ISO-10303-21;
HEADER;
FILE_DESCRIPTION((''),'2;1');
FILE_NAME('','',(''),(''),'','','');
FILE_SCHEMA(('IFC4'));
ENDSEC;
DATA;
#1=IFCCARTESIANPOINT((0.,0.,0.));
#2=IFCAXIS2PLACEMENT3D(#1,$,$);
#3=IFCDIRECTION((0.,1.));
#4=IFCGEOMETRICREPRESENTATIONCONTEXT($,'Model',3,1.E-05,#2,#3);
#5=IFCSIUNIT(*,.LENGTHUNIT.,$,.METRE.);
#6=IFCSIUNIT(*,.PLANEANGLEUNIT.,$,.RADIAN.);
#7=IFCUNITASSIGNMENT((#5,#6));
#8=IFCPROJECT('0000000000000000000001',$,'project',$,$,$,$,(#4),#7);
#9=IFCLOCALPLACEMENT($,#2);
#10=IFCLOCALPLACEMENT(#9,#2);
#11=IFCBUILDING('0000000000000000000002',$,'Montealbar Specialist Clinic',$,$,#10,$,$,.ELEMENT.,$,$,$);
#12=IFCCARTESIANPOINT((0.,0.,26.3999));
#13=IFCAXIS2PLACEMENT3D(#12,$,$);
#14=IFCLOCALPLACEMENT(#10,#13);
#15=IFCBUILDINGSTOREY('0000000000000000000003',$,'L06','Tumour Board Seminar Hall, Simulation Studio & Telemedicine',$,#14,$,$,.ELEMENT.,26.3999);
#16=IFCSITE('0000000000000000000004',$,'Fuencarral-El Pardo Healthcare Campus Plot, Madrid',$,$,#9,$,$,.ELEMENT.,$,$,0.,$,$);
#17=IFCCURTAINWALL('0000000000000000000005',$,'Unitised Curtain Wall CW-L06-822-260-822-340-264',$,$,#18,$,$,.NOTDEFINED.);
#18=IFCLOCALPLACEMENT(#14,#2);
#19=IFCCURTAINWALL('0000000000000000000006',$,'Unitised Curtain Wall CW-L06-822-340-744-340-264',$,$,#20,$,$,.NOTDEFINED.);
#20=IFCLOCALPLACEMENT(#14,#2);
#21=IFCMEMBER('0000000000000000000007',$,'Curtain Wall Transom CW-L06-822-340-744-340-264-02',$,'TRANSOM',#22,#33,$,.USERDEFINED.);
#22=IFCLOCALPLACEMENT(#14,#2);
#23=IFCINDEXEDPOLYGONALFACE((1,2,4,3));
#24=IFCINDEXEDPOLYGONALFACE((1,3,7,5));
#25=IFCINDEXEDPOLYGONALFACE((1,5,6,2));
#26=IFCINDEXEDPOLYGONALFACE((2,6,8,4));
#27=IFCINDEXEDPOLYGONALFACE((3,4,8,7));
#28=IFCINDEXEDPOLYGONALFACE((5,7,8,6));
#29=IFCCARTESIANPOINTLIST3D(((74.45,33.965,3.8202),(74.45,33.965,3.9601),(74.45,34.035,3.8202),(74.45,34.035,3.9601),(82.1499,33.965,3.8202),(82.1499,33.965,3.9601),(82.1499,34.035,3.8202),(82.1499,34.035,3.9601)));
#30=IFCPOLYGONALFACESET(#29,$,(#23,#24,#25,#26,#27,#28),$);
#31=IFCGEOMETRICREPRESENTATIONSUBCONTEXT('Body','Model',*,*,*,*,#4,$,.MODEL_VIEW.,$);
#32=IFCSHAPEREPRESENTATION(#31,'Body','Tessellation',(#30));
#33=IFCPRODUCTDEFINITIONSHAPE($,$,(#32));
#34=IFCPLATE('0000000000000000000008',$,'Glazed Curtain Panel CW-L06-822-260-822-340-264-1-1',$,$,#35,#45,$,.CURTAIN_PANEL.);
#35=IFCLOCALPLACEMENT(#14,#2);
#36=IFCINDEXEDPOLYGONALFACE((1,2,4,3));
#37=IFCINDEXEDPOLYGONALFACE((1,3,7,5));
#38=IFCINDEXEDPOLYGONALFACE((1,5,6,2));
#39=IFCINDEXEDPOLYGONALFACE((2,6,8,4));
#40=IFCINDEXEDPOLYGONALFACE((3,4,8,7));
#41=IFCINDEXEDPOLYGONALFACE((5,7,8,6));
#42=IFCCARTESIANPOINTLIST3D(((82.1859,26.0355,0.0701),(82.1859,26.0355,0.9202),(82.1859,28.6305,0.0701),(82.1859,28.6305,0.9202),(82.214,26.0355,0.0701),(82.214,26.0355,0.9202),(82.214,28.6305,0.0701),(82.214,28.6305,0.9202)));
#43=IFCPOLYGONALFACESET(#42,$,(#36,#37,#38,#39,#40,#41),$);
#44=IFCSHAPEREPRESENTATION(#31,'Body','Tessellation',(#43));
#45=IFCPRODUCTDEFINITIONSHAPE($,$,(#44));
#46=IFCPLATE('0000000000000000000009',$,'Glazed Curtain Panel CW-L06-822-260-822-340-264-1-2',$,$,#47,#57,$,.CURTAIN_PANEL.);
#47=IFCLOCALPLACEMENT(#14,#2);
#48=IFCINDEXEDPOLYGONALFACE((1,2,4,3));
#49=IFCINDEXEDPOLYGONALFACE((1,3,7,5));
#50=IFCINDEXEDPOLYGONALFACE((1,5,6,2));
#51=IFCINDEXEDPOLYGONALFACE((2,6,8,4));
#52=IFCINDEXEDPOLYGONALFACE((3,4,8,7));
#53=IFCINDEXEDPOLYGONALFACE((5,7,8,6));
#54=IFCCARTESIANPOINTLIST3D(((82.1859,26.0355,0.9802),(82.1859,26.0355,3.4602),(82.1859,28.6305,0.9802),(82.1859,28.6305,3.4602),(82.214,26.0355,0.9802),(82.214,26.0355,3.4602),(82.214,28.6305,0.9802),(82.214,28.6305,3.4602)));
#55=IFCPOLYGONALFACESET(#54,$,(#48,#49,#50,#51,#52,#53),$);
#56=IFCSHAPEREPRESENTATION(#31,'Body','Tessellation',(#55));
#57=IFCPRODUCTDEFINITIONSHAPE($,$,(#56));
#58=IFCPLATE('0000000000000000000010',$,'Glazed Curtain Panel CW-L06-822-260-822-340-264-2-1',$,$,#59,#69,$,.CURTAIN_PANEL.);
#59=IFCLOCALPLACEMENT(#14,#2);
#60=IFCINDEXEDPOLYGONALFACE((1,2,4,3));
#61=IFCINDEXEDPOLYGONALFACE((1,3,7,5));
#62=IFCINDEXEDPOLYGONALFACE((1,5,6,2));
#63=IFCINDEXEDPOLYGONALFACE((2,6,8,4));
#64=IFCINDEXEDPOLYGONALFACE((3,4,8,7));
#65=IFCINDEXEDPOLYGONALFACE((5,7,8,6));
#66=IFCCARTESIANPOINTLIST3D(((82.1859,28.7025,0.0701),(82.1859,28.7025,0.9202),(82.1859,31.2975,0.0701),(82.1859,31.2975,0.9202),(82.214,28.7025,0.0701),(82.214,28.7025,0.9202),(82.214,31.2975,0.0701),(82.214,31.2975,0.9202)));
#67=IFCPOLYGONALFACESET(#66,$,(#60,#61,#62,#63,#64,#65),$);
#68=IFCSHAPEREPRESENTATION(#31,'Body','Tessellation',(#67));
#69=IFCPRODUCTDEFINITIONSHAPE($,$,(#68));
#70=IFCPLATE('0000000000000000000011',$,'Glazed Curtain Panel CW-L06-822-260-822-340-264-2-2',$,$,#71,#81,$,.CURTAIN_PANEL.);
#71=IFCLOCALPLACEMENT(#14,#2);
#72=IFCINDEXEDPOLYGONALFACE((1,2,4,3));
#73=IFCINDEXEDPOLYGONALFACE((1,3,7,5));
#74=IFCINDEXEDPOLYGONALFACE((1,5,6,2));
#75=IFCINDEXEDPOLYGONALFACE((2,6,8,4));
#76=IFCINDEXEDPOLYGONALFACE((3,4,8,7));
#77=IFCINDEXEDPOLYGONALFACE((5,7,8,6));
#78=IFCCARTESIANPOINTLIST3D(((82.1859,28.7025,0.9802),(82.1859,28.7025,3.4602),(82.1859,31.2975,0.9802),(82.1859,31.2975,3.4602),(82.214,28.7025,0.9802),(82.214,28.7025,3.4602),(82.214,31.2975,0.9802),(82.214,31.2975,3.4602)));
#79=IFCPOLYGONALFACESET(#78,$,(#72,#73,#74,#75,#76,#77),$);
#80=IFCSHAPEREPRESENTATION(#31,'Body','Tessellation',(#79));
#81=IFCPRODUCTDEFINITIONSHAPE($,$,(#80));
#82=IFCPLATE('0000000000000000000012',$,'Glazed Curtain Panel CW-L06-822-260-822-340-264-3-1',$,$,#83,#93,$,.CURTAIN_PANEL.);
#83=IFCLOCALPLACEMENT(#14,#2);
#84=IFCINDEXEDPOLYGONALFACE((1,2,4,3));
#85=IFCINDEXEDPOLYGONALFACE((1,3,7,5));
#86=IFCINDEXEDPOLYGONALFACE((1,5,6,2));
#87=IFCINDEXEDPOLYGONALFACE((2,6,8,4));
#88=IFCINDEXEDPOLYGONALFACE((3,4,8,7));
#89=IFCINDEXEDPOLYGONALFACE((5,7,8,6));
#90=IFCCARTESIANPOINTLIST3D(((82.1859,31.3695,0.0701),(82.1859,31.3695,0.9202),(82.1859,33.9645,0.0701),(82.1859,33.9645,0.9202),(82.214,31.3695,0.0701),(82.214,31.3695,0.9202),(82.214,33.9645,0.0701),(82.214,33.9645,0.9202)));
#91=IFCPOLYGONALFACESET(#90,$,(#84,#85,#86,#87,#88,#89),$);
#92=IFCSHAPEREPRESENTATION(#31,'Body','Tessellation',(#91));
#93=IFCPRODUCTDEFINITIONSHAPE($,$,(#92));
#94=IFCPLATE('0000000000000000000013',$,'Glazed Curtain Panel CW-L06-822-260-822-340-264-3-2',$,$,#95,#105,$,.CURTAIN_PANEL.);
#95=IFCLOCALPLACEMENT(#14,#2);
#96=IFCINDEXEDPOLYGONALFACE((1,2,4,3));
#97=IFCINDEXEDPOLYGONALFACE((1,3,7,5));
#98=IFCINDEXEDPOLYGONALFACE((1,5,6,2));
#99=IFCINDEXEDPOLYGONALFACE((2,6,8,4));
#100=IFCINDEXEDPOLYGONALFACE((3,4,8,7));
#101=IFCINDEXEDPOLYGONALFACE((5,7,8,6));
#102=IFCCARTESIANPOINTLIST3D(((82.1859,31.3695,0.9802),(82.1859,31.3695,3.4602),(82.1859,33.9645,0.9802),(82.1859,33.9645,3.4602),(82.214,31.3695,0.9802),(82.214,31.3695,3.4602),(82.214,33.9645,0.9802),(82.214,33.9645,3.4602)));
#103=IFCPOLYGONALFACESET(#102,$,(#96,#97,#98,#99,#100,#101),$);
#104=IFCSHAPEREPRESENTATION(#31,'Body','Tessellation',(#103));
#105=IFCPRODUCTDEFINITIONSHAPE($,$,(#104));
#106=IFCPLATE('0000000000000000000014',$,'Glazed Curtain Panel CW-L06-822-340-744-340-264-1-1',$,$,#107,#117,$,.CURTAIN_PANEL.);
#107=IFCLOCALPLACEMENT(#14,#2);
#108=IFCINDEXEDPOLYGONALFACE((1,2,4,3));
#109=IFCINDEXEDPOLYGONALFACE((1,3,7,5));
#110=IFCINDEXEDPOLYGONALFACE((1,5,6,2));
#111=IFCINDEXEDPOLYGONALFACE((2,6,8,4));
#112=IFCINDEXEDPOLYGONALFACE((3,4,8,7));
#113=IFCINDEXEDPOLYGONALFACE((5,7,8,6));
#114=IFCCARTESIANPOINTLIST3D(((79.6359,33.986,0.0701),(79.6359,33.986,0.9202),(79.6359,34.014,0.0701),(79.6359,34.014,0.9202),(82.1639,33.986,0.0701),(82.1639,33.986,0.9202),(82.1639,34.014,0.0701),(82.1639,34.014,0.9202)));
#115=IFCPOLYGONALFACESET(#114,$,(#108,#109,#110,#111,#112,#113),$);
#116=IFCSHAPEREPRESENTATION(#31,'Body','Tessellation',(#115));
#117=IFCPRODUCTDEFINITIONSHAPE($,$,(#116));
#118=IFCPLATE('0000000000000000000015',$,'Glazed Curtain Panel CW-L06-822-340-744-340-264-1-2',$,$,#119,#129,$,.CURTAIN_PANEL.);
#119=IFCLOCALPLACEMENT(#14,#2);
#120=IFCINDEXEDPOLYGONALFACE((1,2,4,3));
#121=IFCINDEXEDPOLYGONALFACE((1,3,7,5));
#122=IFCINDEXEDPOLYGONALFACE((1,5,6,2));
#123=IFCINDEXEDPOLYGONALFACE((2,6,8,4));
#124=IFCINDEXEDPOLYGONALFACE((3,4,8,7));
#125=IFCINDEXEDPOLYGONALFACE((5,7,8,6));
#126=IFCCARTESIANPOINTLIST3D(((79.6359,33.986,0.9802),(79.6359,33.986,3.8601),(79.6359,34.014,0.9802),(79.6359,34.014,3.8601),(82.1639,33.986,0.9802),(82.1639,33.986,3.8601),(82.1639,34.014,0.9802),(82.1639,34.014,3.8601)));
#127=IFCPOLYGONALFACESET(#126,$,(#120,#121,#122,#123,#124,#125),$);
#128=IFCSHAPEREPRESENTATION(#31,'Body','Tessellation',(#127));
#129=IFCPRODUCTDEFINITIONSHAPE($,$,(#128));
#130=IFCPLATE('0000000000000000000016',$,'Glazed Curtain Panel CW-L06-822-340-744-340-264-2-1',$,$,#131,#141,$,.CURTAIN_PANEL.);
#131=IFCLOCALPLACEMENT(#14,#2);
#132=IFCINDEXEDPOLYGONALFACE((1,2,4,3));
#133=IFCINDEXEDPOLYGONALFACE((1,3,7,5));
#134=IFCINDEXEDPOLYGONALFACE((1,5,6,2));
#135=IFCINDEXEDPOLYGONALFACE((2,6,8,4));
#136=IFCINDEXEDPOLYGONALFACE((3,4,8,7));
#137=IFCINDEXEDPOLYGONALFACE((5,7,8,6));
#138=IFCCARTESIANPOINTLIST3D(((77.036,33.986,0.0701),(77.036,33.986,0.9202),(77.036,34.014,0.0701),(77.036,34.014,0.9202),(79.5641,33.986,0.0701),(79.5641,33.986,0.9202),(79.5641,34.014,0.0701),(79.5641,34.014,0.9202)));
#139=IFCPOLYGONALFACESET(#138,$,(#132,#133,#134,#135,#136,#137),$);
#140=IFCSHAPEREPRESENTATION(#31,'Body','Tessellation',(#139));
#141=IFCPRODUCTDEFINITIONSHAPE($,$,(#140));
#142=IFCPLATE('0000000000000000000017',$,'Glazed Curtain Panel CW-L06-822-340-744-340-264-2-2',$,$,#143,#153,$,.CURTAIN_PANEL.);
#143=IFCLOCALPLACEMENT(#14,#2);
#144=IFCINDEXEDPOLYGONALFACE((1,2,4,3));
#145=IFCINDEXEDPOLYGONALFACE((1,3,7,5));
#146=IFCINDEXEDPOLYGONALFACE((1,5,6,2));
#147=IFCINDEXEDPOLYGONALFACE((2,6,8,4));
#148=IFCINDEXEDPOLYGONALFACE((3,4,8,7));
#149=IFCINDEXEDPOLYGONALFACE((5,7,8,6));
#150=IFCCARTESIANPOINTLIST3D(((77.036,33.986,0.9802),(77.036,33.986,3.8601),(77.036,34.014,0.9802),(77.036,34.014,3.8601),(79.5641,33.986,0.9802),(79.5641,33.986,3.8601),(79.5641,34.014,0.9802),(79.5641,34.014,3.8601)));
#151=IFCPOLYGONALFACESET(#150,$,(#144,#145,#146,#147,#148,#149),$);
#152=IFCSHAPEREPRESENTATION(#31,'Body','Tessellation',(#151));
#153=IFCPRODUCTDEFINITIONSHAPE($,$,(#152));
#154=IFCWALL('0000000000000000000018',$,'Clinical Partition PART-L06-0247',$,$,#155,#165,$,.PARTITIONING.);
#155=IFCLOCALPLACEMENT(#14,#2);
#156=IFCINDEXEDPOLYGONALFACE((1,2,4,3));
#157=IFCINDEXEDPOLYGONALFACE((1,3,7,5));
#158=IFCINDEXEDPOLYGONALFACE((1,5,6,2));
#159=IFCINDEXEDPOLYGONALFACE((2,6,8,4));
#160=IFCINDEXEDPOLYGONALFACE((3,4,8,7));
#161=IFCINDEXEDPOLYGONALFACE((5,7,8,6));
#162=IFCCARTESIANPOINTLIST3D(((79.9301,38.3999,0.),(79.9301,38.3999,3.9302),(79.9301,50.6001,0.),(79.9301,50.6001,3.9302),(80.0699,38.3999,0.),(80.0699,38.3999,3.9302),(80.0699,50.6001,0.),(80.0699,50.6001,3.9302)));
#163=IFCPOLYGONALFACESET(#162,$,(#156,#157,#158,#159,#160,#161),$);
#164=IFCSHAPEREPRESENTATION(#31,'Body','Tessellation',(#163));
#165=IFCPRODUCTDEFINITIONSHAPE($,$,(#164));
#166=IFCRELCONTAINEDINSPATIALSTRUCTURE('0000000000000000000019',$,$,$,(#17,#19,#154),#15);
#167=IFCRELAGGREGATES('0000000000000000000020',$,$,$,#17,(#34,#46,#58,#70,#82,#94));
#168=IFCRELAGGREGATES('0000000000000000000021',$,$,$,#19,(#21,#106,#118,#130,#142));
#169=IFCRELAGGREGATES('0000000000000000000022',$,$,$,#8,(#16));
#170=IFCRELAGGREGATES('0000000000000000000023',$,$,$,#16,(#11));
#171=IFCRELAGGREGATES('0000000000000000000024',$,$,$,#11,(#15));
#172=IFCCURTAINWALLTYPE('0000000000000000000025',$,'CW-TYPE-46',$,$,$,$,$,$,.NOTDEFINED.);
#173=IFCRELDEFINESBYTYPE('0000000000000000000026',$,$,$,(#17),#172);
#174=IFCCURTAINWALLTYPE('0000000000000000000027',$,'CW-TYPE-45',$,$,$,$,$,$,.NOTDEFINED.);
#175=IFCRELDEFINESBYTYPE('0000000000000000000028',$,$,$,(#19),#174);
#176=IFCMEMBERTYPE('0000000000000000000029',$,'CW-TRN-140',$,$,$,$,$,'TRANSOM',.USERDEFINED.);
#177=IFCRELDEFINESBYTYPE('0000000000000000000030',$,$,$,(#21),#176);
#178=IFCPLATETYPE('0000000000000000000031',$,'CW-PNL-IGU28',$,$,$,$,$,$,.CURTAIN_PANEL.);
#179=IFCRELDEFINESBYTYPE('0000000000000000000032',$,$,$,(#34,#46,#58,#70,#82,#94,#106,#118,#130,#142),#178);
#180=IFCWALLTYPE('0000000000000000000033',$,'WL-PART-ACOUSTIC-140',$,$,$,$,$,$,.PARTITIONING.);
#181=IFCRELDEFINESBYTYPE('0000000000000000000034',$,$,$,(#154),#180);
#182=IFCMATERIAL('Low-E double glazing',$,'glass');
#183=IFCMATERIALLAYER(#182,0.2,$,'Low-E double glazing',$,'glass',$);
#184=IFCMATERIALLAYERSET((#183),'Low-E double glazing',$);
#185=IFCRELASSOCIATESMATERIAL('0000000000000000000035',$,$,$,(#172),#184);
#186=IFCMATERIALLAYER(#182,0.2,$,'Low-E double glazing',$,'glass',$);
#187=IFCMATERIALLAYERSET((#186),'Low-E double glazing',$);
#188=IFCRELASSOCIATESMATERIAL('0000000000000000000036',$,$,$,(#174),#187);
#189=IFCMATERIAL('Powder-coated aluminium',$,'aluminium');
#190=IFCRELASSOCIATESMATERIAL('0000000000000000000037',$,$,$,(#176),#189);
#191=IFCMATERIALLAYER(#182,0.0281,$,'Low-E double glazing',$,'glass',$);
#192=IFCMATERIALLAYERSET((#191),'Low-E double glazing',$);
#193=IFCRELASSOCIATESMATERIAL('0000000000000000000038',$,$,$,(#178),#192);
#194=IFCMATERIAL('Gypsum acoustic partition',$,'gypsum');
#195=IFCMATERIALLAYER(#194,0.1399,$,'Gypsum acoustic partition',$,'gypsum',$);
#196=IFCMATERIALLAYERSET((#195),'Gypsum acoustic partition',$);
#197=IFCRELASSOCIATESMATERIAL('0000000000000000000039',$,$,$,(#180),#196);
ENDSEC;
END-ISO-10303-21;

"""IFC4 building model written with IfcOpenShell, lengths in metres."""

from ifc_helpers import new_model, si_unit, direction, frame, frame_2d, origin, origin_2d, place, context, subcontext, project, spatial, rectangle, extrude, material, layer, layer_set, material_profile, profile_set, type_object, element, aggregate, save


model = new_model("IFC4")

# Units and contexts
model_context = context("Model", 3, precision=1e-05, world=origin(), true_north=direction((0.0, 1.0)))
body_context = subcontext(model_context, "Body", "Model", "MODEL_VIEW")
ifc_project = project(units=[si_unit("LENGTHUNIT", "METRE"), si_unit("PLANEANGLEUNIT", "RADIAN")], contexts=[model_context])

# Site, building, storey
site_placement = place(None, origin())
site = spatial("IfcSite", under=ifc_project, at=site_placement, Name="Fuencarral-El Pardo Healthcare Campus Plot, Madrid", CompositionType="ELEMENT", RefElevation=0.0)
building_placement = place(site_placement, origin())
building = spatial("IfcBuilding", under=site, at=building_placement, Name="Montealbar Specialist Clinic", CompositionType="ELEMENT")
storey_placement = place(building_placement, frame((0.0, 0.0, 26.3999)))
storey = spatial("IfcBuildingStorey", under=building, at=storey_placement, Name="L06", Description="Tumour Board Seminar Hall, Simulation Studio & Telemedicine", CompositionType="ELEMENT", Elevation=26.3999)

# Curtain walls, member
ifc_material_1 = material(Name="Low-E double glazing", Category="glass")
ifc_layer_1 = layer(ifc_material_1, 0.2, Name="Low-E double glazing", Category="glass")
ifc_layer_set_1 = layer_set([ifc_layer_1], Name="Low-E double glazing")
curtain_wall_type_1 = type_object("IfcCurtainWallType", Name="CW-TYPE-46", PredefinedType="NOTDEFINED", material=ifc_layer_set_1)
curtain_wall_1_placement = place(storey_placement, origin())
curtain_wall_1 = element("IfcCurtainWall", 1, at=curtain_wall_1_placement, inside=storey, type_object=curtain_wall_type_1, Name="Unitised Curtain Wall CW-L06-822-260-822-340-264", PredefinedType="NOTDEFINED")
ifc_layer_2 = layer(ifc_material_1, 0.2, Name="Low-E double glazing", Category="glass")
ifc_layer_set_2 = layer_set([ifc_layer_2], Name="Low-E double glazing")
curtain_wall_type_2 = type_object("IfcCurtainWallType", Name="CW-TYPE-45", PredefinedType="NOTDEFINED", material=ifc_layer_set_2)
curtain_wall_2_placement = place(storey_placement, origin())
curtain_wall_2 = element("IfcCurtainWall", 2, at=curtain_wall_2_placement, inside=storey, type_object=curtain_wall_type_2, Name="Unitised Curtain Wall CW-L06-822-340-744-340-264", PredefinedType="NOTDEFINED")
ifc_material_2 = material(Name="Powder-coated aluminium", Category="aluminium")
ifc_material_profile_1 = material_profile(ifc_material_2, rectangle(XDim=0.0701, YDim=0.1399, at=origin_2d()), Name="ALU 70x140", Category="aluminium")
ifc_profile_set_1 = profile_set([ifc_material_profile_1], Name="Powder-coated aluminium")
member_type_1 = type_object("IfcMemberType", Name="CW-TRN-140", ElementType="TRANSOM", PredefinedType="USERDEFINED", material=ifc_profile_set_1)
member_1_placement = place(storey_placement, frame((82.1499, 34.0, 3.8901), z_axis=(-1.0, 0.0, 0.0), x_axis=(0.0, -1.0, 0.0)))
member_1 = element("IfcMember", 3, at=member_1_placement, type_object=member_type_1, Name="Curtain Wall Transom CW-L06-822-340-744-340-264-02", ObjectType="TRANSOM", PredefinedType="USERDEFINED", context=body_context, shape_type="SweptSolid", body=[
    extrude(rectangle(XDim=0.0701, YDim=0.1399, at=origin_2d()), origin(), (0.0, 0.0, 1.0), 7.7),
])

# Plates
ifc_layer_3 = layer(ifc_material_1, 0.0281, Name="Low-E double glazing", Category="glass")
ifc_layer_set_3 = layer_set([ifc_layer_3], Name="Low-E double glazing")
plate_type = type_object("IfcPlateType", Name="CW-PNL-IGU28", PredefinedType="CURTAIN_PANEL", material=ifc_layer_set_3)
plate_1_placement = place(storey_placement, frame((82.2, 27.333, 0.0701), z_axis=(0.0, 0.0, 1.0), x_axis=(0.0, 1.0, 0.0)))
plate_1 = element("IfcPlate", 4, at=plate_1_placement, type_object=plate_type, Name="Glazed Curtain Panel CW-L06-822-260-822-340-264-1-1", PredefinedType="CURTAIN_PANEL", context=body_context, shape_type="SweptSolid", body=[
    extrude(rectangle(XDim=2.595, YDim=0.0281, at=origin_2d()), origin(), (0.0, 0.0, 1.0), 0.8501),
])
plate_2_placement = place(storey_placement, frame((82.2, 27.333, 0.9802), z_axis=(0.0, 0.0, 1.0), x_axis=(0.0, 1.0, 0.0)))
plate_2 = element("IfcPlate", 5, at=plate_2_placement, type_object=plate_type, Name="Glazed Curtain Panel CW-L06-822-260-822-340-264-1-2", PredefinedType="CURTAIN_PANEL", context=body_context, shape_type="SweptSolid", body=[
    extrude(rectangle(XDim=2.595, YDim=0.0281, at=origin_2d()), origin(), (0.0, 0.0, 1.0), 2.48),
])
plate_3_placement = place(storey_placement, frame((82.2, 30.0, 0.0701), z_axis=(0.0, 0.0, 1.0), x_axis=(0.0, 1.0, 0.0)))
plate_3 = element("IfcPlate", 6, at=plate_3_placement, type_object=plate_type, Name="Glazed Curtain Panel CW-L06-822-260-822-340-264-2-1", PredefinedType="CURTAIN_PANEL", context=body_context, shape_type="SweptSolid", body=[
    extrude(rectangle(XDim=2.595, YDim=0.0281, at=origin_2d()), origin(), (0.0, 0.0, 1.0), 0.8501),
])
plate_4_placement = place(storey_placement, frame((82.2, 30.0, 0.9802), z_axis=(0.0, 0.0, 1.0), x_axis=(0.0, 1.0, 0.0)))
plate_4 = element("IfcPlate", 7, at=plate_4_placement, type_object=plate_type, Name="Glazed Curtain Panel CW-L06-822-260-822-340-264-2-2", PredefinedType="CURTAIN_PANEL", context=body_context, shape_type="SweptSolid", body=[
    extrude(rectangle(XDim=2.595, YDim=0.0281, at=origin_2d()), origin(), (0.0, 0.0, 1.0), 2.48),
])
plate_5_placement = place(storey_placement, frame((82.2, 32.667, 0.0701), z_axis=(0.0, 0.0, 1.0), x_axis=(0.0, 1.0, 0.0)))
plate_5 = element("IfcPlate", 8, at=plate_5_placement, type_object=plate_type, Name="Glazed Curtain Panel CW-L06-822-260-822-340-264-3-1", PredefinedType="CURTAIN_PANEL", context=body_context, shape_type="SweptSolid", body=[
    extrude(rectangle(XDim=2.595, YDim=0.0281, at=origin_2d()), origin(), (0.0, 0.0, 1.0), 0.8501),
])
plate_6_placement = place(storey_placement, frame((82.2, 32.667, 0.9802), z_axis=(0.0, 0.0, 1.0), x_axis=(0.0, 1.0, 0.0)))
plate_6 = element("IfcPlate", 9, at=plate_6_placement, type_object=plate_type, Name="Glazed Curtain Panel CW-L06-822-260-822-340-264-3-2", PredefinedType="CURTAIN_PANEL", context=body_context, shape_type="SweptSolid", body=[
    extrude(rectangle(XDim=2.595, YDim=0.0281, at=origin_2d()), origin(), (0.0, 0.0, 1.0), 2.48),
])
aggregate(curtain_wall_1, [plate_1, plate_2, plate_3, plate_4, plate_5, plate_6])
plate_7_placement = place(storey_placement, frame((80.8999, 34.0, 0.0701), z_axis=(0.0, 0.0, 1.0), x_axis=(-1.0, 0.0, 0.0)))
plate_7 = element("IfcPlate", 10, at=plate_7_placement, type_object=plate_type, Name="Glazed Curtain Panel CW-L06-822-340-744-340-264-1-1", PredefinedType="CURTAIN_PANEL", context=body_context, shape_type="SweptSolid", body=[
    extrude(rectangle(XDim=2.5281, YDim=0.0281, at=origin_2d()), origin(), (0.0, 0.0, 1.0), 0.8501),
])
plate_8_placement = place(storey_placement, frame((80.8999, 34.0, 0.9802), z_axis=(0.0, 0.0, 1.0), x_axis=(-1.0, 0.0, 0.0)))
plate_8 = element("IfcPlate", 11, at=plate_8_placement, type_object=plate_type, Name="Glazed Curtain Panel CW-L06-822-340-744-340-264-1-2", PredefinedType="CURTAIN_PANEL", context=body_context, shape_type="SweptSolid", body=[
    extrude(rectangle(XDim=2.5281, YDim=0.0281, at=origin_2d()), origin(), (0.0, 0.0, 1.0), 2.8799),
])
plate_9_placement = place(storey_placement, frame((78.3, 34.0, 0.0701), z_axis=(0.0, 0.0, 1.0), x_axis=(-1.0, 0.0, 0.0)))
plate_9 = element("IfcPlate", 12, at=plate_9_placement, type_object=plate_type, Name="Glazed Curtain Panel CW-L06-822-340-744-340-264-2-1", PredefinedType="CURTAIN_PANEL", context=body_context, shape_type="SweptSolid", body=[
    extrude(rectangle(XDim=2.5281, YDim=0.0281, at=origin_2d()), origin(), (0.0, 0.0, 1.0), 0.8501),
])
plate_10_placement = place(storey_placement, frame((78.3, 34.0, 0.9802), z_axis=(0.0, 0.0, 1.0), x_axis=(-1.0, 0.0, 0.0)))
plate_10 = element("IfcPlate", 13, at=plate_10_placement, type_object=plate_type, Name="Glazed Curtain Panel CW-L06-822-340-744-340-264-2-2", PredefinedType="CURTAIN_PANEL", context=body_context, shape_type="SweptSolid", body=[
    extrude(rectangle(XDim=2.5281, YDim=0.0281, at=origin_2d()), origin(), (0.0, 0.0, 1.0), 2.8799),
])
aggregate(curtain_wall_2, [member_1, plate_7, plate_8, plate_9, plate_10])

# Wall
ifc_material_3 = material(Name="Gypsum acoustic partition", Category="gypsum")
ifc_layer_4 = layer(ifc_material_3, 0.1399, Name="Gypsum acoustic partition", Category="gypsum")
ifc_layer_set_4 = layer_set([ifc_layer_4], Name="Gypsum acoustic partition")
wall_type_1 = type_object("IfcWallType", Name="WL-PART-ACOUSTIC-140", PredefinedType="PARTITIONING", material=ifc_layer_set_4)
wall_1_placement = place(storey_placement, frame((80.0, 38.3999, 0.0), z_axis=(0.0, 0.0, 1.0), x_axis=(0.0, 1.0, 0.0)))
element("IfcWall", 14, at=wall_1_placement, inside=storey, type_object=wall_type_1, Name="Clinical Partition PART-L06-0247", PredefinedType="PARTITIONING", context=body_context, shape_type="SweptSolid", body=[
    extrude(rectangle(XDim=12.2002, YDim=0.1399, at=frame_2d((6.1001, 0.0))), origin(), (0.0, 0.0, 1.0), 3.9302),
])

save(model, "model.ifc")
